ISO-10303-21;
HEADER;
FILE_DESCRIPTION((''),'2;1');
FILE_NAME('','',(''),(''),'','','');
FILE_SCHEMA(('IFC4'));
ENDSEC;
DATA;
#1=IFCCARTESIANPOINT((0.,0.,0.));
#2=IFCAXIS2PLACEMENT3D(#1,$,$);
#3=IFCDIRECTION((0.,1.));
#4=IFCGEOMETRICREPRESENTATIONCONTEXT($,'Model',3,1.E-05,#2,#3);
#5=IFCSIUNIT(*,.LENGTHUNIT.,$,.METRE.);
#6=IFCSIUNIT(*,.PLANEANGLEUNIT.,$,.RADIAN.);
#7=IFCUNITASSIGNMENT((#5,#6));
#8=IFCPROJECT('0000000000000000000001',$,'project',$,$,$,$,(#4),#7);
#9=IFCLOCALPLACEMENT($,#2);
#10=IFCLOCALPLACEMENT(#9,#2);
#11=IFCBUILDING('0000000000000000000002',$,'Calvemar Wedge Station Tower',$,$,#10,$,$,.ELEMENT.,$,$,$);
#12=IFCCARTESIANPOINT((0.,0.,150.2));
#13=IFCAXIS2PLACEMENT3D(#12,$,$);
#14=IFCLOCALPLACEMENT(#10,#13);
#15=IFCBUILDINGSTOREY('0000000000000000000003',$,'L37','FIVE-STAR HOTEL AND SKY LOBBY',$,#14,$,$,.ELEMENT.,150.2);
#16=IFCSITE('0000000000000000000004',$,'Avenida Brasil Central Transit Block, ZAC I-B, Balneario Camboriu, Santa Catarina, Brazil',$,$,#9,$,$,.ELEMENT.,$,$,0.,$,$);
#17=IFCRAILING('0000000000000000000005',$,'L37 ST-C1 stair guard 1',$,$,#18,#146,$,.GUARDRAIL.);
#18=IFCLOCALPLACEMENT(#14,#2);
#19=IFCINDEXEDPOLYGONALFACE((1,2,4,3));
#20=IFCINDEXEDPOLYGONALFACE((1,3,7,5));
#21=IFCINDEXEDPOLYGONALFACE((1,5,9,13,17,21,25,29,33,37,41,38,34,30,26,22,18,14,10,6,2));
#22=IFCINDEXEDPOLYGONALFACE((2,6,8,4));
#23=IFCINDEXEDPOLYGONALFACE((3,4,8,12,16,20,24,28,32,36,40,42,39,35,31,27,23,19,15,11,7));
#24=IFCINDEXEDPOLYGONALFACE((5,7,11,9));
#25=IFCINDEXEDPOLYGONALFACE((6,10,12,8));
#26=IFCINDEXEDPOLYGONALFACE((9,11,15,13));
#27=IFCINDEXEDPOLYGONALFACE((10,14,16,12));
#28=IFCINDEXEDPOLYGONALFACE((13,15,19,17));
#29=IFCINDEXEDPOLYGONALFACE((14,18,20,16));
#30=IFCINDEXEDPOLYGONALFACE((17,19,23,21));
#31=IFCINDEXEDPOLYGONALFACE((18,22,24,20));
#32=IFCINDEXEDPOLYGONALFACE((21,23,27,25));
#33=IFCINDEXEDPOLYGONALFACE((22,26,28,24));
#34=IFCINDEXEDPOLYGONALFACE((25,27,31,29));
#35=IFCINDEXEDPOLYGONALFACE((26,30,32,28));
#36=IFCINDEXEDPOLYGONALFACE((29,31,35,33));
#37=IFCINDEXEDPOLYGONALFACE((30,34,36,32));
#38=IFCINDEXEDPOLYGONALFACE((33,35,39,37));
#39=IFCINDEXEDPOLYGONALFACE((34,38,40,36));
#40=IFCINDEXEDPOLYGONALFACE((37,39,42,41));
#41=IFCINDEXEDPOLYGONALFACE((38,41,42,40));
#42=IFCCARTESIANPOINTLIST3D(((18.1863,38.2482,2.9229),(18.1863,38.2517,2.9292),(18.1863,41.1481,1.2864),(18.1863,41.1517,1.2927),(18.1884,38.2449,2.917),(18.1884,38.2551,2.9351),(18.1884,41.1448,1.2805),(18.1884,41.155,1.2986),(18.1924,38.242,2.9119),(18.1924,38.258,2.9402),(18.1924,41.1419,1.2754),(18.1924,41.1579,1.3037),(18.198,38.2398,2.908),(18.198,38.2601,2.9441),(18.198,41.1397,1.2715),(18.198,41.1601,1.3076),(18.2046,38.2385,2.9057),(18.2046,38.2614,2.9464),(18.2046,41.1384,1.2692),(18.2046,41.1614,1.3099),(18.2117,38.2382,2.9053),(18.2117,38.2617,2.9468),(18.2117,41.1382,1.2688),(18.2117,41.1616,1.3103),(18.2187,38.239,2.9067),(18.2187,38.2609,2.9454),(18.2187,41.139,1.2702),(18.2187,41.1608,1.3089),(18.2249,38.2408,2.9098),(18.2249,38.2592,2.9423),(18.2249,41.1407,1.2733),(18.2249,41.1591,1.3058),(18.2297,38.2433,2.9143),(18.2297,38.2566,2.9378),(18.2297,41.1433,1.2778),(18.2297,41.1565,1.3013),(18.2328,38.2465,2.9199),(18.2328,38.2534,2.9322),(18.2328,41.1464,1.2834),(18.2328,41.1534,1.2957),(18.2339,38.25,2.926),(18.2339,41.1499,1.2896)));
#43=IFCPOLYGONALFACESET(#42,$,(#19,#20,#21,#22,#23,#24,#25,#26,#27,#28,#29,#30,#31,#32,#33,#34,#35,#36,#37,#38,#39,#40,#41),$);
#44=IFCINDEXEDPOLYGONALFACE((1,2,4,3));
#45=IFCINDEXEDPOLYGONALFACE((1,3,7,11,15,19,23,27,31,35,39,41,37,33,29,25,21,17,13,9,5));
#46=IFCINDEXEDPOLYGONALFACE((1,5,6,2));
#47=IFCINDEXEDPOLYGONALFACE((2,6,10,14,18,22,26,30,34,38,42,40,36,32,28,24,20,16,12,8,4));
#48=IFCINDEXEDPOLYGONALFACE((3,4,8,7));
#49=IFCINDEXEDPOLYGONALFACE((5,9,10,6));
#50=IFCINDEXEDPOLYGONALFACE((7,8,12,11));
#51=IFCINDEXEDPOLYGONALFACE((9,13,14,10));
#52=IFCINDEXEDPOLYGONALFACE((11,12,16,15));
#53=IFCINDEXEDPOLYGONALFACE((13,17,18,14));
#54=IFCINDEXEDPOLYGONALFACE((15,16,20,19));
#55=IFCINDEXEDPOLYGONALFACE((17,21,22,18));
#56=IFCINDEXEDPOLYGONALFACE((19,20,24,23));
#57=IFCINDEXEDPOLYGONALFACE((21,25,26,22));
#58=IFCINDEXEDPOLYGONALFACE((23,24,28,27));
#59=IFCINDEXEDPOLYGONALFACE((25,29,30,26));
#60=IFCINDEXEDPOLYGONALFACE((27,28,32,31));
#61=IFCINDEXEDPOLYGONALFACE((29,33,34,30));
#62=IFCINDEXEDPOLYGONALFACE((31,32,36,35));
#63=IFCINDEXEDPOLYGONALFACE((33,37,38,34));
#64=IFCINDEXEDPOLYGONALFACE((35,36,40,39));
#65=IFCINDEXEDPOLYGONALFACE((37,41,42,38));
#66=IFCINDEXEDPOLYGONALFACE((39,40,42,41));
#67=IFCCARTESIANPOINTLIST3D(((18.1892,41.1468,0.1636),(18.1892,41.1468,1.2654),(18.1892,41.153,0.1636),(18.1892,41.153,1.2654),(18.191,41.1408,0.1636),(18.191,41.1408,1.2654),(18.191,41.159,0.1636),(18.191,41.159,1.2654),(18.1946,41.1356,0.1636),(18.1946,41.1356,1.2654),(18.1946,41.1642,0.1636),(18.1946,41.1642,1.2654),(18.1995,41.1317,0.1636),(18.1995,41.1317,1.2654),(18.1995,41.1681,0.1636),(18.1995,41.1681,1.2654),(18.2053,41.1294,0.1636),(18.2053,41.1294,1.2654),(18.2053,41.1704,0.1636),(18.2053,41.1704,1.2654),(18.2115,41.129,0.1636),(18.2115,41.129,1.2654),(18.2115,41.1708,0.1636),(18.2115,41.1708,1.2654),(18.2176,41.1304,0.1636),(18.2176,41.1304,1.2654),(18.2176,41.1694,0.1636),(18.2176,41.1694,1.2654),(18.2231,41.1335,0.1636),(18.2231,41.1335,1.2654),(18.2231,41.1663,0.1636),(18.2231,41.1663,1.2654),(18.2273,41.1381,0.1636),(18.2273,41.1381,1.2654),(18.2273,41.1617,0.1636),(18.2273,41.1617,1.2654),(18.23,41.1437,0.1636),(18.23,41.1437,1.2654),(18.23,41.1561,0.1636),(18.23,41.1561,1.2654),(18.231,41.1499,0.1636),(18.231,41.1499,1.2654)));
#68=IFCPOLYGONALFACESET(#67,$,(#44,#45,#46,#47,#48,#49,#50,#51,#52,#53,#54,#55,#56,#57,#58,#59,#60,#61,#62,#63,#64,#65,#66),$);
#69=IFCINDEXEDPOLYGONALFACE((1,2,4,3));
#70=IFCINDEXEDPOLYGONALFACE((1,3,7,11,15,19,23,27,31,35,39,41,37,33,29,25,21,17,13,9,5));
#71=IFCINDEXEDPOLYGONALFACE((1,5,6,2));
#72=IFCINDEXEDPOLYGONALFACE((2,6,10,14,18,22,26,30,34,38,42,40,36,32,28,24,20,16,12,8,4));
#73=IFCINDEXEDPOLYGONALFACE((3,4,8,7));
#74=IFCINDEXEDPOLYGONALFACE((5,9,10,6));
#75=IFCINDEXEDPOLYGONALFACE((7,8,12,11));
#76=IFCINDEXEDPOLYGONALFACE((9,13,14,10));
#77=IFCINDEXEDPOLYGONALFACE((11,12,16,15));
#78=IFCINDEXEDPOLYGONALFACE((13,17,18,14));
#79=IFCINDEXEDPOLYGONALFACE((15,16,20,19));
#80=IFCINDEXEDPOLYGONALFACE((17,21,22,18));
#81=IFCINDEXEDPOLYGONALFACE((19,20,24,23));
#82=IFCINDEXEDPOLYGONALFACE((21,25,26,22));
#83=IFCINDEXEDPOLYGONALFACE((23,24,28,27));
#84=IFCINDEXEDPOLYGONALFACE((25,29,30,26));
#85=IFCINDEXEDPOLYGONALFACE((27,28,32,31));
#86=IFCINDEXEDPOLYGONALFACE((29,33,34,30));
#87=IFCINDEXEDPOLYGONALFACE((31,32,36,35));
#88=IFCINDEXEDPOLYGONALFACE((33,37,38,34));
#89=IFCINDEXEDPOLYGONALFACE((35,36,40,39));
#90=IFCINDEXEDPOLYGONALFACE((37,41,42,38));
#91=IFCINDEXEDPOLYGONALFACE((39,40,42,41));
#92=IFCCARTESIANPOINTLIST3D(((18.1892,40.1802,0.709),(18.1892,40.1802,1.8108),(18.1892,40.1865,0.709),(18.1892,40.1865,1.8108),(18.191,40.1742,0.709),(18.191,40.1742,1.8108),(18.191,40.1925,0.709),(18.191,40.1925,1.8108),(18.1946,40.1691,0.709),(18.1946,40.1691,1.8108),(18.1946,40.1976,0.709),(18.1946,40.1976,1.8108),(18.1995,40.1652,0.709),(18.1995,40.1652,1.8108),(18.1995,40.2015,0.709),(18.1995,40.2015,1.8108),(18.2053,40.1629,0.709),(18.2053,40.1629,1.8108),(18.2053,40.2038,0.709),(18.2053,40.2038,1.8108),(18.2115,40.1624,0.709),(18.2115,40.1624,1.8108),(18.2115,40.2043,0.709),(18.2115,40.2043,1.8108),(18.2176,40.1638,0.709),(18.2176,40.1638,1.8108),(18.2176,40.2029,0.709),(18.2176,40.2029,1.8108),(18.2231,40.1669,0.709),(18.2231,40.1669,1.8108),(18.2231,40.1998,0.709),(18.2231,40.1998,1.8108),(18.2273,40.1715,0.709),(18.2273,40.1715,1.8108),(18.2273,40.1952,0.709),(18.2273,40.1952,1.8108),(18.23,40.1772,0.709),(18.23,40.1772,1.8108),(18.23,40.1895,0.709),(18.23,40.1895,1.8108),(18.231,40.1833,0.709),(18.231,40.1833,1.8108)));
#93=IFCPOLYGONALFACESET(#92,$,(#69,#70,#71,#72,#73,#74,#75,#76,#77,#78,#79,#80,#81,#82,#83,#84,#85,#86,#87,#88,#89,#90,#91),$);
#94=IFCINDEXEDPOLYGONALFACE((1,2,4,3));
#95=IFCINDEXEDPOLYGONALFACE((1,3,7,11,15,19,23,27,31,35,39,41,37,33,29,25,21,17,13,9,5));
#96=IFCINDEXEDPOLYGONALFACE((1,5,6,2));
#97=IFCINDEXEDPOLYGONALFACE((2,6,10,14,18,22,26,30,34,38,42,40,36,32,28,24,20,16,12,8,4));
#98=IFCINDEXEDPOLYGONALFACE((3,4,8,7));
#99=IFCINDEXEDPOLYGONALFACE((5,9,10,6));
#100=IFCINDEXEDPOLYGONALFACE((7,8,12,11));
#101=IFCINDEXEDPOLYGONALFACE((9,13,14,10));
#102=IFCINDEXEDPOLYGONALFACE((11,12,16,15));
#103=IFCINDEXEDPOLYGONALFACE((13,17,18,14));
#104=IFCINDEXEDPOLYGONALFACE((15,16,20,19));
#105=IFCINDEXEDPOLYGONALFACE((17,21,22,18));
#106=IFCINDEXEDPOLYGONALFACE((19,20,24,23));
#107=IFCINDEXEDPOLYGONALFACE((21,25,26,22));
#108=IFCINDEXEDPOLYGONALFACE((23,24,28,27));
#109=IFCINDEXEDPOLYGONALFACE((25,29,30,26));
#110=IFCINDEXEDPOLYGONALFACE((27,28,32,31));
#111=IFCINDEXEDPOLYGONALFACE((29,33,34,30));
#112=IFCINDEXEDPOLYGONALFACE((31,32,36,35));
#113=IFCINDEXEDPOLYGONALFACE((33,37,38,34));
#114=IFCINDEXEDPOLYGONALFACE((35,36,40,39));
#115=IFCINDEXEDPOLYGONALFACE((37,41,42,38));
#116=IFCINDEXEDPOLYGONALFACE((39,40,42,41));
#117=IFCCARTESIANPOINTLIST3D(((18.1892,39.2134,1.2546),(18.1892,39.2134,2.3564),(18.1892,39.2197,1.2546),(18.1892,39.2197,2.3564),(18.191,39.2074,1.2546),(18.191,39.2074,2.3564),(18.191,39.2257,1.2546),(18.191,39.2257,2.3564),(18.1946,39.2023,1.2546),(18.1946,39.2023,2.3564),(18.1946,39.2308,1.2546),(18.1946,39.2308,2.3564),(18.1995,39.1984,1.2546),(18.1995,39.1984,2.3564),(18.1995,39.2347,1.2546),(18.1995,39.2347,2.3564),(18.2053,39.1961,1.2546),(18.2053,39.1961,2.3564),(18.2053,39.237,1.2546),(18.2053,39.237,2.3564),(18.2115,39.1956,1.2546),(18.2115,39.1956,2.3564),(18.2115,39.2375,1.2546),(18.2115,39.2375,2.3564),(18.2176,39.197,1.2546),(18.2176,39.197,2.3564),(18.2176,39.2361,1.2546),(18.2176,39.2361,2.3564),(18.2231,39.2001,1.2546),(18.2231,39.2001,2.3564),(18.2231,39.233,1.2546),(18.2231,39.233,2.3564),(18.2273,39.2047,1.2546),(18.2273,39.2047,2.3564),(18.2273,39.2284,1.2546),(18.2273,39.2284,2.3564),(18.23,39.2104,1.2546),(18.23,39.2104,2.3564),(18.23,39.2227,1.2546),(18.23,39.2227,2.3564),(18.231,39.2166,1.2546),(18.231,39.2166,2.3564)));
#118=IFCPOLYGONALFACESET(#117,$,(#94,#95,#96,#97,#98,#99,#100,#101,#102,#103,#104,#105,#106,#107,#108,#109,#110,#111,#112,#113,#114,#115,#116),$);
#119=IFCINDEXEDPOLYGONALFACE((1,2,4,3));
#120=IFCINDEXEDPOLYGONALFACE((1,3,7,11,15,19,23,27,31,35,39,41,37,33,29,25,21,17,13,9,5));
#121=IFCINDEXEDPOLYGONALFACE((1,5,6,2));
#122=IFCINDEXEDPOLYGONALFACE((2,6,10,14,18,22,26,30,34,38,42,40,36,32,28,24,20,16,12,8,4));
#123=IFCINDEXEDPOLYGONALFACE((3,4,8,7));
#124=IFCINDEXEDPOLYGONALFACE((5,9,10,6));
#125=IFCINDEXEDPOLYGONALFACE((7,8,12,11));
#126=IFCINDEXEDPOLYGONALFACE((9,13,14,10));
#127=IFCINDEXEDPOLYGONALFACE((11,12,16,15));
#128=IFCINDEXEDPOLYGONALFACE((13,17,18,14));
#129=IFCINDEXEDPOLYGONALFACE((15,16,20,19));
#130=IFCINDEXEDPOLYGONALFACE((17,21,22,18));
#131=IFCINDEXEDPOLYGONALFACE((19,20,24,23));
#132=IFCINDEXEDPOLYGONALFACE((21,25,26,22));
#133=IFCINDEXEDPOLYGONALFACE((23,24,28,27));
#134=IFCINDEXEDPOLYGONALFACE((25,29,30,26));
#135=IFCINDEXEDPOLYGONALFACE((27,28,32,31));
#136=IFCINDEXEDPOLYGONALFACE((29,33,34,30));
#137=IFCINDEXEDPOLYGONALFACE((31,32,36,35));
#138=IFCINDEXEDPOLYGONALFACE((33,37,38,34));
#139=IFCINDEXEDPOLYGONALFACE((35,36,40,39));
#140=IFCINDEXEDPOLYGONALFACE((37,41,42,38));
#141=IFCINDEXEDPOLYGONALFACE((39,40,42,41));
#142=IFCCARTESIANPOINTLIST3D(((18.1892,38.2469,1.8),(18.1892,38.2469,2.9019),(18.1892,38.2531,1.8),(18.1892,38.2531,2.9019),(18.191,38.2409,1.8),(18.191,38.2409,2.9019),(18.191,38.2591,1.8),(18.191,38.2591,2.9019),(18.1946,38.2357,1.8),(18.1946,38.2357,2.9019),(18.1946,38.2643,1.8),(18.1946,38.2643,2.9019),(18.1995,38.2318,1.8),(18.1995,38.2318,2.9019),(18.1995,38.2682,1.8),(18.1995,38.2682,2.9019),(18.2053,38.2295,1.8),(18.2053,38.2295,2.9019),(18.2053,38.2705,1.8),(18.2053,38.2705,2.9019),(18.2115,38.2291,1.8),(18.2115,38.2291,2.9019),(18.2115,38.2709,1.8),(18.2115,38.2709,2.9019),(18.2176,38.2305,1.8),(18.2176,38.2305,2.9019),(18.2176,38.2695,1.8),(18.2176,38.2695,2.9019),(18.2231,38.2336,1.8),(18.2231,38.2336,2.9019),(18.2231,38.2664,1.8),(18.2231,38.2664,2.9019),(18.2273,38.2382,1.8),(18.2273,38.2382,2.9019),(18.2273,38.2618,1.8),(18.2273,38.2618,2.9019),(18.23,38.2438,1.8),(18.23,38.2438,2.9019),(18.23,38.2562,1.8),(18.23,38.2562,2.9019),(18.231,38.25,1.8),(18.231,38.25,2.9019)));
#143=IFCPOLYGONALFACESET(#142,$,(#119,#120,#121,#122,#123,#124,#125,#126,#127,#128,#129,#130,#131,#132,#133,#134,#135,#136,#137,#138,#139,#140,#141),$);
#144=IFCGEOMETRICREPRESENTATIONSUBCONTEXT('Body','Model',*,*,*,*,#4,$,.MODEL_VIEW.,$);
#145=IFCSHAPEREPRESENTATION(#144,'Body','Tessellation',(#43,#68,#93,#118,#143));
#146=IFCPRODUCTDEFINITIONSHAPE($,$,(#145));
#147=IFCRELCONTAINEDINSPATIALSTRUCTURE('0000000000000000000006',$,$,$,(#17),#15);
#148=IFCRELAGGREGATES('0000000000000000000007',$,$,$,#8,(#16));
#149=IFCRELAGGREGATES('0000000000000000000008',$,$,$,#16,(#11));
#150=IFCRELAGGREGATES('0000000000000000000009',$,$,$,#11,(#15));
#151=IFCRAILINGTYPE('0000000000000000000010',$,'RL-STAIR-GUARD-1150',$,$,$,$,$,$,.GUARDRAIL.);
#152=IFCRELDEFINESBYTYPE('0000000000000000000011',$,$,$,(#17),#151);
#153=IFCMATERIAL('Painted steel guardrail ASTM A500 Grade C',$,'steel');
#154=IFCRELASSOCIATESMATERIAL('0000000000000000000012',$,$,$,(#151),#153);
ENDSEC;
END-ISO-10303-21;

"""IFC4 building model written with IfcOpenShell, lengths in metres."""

from ifc_helpers import new_model, si_unit, direction, frame, origin, origin_2d, place, context, subcontext, project, spatial, circle, extrude, material, type_object, element, save


model = new_model("IFC4")

# Units and contexts
model_context = context("Model", 3, precision=1e-05, world=origin(), true_north=direction((0.0, 1.0)))
body_context = subcontext(model_context, "Body", "Model", "MODEL_VIEW")
ifc_project = project(units=[si_unit("LENGTHUNIT", "METRE"), si_unit("PLANEANGLEUNIT", "RADIAN")], contexts=[model_context])

# Site, building, storey
site_placement = place(None, origin())
site = spatial("IfcSite", under=ifc_project, at=site_placement, Name="Avenida Brasil Central Transit Block, ZAC I-B, Balneario Camboriu, Santa Catarina, Brazil", CompositionType="ELEMENT", RefElevation=0.0)
building_placement = place(site_placement, origin())
building = spatial("IfcBuilding", under=site, at=building_placement, Name="Calvemar Wedge Station Tower", CompositionType="ELEMENT")
storey_placement = place(building_placement, frame((0.0, 0.0, 150.2)))
storey = spatial("IfcBuildingStorey", under=building, at=storey_placement, Name="L37", Description="FIVE-STAR HOTEL AND SKY LOBBY", CompositionType="ELEMENT", Elevation=150.2)

# Railing
ifc_material_1 = material(Name="Painted steel guardrail ASTM A500 Grade C", Category="steel")
railing_type = type_object("IfcRailingType", Name="RL-STAIR-GUARD-1150", PredefinedType="GUARDRAIL", material=ifc_material_1)
railing_1_placement = place(storey_placement, frame((18.21, 41.1499, 0.1636)))
element("IfcRailing", 1, at=railing_1_placement, inside=storey, type_object=railing_type, Name="L37 ST-C1 stair guard 1", PredefinedType="GUARDRAIL", context=body_context, shape_type="SweptSolid", body=[
    extrude(circle(Radius=0.0239, at=origin_2d()), frame((0.0, 0.0, 1.126), z_axis=(0.0, -0.870897, 0.491465), x_axis=(1.0, 0.0, 0.0)), (0.0, 0.0, 1.0), 3.3298),
    extrude(circle(Radius=0.021, at=origin_2d()), origin(), (0.0, 0.0, 1.0), 1.1018),
    extrude(circle(Radius=0.021, at=origin_2d()), frame((0.0, -0.9666, 0.5454)), (0.0, 0.0, 1.0), 1.1018),
    extrude(circle(Radius=0.021, at=origin_2d()), frame((0.0, -1.9333, 1.0911)), (0.0, 0.0, 1.0), 1.1018),
    extrude(circle(Radius=0.021, at=origin_2d()), frame((0.0, -2.8999, 1.6365)), (0.0, 0.0, 1.0), 1.1018),
])

save(model, "model.ifc")
